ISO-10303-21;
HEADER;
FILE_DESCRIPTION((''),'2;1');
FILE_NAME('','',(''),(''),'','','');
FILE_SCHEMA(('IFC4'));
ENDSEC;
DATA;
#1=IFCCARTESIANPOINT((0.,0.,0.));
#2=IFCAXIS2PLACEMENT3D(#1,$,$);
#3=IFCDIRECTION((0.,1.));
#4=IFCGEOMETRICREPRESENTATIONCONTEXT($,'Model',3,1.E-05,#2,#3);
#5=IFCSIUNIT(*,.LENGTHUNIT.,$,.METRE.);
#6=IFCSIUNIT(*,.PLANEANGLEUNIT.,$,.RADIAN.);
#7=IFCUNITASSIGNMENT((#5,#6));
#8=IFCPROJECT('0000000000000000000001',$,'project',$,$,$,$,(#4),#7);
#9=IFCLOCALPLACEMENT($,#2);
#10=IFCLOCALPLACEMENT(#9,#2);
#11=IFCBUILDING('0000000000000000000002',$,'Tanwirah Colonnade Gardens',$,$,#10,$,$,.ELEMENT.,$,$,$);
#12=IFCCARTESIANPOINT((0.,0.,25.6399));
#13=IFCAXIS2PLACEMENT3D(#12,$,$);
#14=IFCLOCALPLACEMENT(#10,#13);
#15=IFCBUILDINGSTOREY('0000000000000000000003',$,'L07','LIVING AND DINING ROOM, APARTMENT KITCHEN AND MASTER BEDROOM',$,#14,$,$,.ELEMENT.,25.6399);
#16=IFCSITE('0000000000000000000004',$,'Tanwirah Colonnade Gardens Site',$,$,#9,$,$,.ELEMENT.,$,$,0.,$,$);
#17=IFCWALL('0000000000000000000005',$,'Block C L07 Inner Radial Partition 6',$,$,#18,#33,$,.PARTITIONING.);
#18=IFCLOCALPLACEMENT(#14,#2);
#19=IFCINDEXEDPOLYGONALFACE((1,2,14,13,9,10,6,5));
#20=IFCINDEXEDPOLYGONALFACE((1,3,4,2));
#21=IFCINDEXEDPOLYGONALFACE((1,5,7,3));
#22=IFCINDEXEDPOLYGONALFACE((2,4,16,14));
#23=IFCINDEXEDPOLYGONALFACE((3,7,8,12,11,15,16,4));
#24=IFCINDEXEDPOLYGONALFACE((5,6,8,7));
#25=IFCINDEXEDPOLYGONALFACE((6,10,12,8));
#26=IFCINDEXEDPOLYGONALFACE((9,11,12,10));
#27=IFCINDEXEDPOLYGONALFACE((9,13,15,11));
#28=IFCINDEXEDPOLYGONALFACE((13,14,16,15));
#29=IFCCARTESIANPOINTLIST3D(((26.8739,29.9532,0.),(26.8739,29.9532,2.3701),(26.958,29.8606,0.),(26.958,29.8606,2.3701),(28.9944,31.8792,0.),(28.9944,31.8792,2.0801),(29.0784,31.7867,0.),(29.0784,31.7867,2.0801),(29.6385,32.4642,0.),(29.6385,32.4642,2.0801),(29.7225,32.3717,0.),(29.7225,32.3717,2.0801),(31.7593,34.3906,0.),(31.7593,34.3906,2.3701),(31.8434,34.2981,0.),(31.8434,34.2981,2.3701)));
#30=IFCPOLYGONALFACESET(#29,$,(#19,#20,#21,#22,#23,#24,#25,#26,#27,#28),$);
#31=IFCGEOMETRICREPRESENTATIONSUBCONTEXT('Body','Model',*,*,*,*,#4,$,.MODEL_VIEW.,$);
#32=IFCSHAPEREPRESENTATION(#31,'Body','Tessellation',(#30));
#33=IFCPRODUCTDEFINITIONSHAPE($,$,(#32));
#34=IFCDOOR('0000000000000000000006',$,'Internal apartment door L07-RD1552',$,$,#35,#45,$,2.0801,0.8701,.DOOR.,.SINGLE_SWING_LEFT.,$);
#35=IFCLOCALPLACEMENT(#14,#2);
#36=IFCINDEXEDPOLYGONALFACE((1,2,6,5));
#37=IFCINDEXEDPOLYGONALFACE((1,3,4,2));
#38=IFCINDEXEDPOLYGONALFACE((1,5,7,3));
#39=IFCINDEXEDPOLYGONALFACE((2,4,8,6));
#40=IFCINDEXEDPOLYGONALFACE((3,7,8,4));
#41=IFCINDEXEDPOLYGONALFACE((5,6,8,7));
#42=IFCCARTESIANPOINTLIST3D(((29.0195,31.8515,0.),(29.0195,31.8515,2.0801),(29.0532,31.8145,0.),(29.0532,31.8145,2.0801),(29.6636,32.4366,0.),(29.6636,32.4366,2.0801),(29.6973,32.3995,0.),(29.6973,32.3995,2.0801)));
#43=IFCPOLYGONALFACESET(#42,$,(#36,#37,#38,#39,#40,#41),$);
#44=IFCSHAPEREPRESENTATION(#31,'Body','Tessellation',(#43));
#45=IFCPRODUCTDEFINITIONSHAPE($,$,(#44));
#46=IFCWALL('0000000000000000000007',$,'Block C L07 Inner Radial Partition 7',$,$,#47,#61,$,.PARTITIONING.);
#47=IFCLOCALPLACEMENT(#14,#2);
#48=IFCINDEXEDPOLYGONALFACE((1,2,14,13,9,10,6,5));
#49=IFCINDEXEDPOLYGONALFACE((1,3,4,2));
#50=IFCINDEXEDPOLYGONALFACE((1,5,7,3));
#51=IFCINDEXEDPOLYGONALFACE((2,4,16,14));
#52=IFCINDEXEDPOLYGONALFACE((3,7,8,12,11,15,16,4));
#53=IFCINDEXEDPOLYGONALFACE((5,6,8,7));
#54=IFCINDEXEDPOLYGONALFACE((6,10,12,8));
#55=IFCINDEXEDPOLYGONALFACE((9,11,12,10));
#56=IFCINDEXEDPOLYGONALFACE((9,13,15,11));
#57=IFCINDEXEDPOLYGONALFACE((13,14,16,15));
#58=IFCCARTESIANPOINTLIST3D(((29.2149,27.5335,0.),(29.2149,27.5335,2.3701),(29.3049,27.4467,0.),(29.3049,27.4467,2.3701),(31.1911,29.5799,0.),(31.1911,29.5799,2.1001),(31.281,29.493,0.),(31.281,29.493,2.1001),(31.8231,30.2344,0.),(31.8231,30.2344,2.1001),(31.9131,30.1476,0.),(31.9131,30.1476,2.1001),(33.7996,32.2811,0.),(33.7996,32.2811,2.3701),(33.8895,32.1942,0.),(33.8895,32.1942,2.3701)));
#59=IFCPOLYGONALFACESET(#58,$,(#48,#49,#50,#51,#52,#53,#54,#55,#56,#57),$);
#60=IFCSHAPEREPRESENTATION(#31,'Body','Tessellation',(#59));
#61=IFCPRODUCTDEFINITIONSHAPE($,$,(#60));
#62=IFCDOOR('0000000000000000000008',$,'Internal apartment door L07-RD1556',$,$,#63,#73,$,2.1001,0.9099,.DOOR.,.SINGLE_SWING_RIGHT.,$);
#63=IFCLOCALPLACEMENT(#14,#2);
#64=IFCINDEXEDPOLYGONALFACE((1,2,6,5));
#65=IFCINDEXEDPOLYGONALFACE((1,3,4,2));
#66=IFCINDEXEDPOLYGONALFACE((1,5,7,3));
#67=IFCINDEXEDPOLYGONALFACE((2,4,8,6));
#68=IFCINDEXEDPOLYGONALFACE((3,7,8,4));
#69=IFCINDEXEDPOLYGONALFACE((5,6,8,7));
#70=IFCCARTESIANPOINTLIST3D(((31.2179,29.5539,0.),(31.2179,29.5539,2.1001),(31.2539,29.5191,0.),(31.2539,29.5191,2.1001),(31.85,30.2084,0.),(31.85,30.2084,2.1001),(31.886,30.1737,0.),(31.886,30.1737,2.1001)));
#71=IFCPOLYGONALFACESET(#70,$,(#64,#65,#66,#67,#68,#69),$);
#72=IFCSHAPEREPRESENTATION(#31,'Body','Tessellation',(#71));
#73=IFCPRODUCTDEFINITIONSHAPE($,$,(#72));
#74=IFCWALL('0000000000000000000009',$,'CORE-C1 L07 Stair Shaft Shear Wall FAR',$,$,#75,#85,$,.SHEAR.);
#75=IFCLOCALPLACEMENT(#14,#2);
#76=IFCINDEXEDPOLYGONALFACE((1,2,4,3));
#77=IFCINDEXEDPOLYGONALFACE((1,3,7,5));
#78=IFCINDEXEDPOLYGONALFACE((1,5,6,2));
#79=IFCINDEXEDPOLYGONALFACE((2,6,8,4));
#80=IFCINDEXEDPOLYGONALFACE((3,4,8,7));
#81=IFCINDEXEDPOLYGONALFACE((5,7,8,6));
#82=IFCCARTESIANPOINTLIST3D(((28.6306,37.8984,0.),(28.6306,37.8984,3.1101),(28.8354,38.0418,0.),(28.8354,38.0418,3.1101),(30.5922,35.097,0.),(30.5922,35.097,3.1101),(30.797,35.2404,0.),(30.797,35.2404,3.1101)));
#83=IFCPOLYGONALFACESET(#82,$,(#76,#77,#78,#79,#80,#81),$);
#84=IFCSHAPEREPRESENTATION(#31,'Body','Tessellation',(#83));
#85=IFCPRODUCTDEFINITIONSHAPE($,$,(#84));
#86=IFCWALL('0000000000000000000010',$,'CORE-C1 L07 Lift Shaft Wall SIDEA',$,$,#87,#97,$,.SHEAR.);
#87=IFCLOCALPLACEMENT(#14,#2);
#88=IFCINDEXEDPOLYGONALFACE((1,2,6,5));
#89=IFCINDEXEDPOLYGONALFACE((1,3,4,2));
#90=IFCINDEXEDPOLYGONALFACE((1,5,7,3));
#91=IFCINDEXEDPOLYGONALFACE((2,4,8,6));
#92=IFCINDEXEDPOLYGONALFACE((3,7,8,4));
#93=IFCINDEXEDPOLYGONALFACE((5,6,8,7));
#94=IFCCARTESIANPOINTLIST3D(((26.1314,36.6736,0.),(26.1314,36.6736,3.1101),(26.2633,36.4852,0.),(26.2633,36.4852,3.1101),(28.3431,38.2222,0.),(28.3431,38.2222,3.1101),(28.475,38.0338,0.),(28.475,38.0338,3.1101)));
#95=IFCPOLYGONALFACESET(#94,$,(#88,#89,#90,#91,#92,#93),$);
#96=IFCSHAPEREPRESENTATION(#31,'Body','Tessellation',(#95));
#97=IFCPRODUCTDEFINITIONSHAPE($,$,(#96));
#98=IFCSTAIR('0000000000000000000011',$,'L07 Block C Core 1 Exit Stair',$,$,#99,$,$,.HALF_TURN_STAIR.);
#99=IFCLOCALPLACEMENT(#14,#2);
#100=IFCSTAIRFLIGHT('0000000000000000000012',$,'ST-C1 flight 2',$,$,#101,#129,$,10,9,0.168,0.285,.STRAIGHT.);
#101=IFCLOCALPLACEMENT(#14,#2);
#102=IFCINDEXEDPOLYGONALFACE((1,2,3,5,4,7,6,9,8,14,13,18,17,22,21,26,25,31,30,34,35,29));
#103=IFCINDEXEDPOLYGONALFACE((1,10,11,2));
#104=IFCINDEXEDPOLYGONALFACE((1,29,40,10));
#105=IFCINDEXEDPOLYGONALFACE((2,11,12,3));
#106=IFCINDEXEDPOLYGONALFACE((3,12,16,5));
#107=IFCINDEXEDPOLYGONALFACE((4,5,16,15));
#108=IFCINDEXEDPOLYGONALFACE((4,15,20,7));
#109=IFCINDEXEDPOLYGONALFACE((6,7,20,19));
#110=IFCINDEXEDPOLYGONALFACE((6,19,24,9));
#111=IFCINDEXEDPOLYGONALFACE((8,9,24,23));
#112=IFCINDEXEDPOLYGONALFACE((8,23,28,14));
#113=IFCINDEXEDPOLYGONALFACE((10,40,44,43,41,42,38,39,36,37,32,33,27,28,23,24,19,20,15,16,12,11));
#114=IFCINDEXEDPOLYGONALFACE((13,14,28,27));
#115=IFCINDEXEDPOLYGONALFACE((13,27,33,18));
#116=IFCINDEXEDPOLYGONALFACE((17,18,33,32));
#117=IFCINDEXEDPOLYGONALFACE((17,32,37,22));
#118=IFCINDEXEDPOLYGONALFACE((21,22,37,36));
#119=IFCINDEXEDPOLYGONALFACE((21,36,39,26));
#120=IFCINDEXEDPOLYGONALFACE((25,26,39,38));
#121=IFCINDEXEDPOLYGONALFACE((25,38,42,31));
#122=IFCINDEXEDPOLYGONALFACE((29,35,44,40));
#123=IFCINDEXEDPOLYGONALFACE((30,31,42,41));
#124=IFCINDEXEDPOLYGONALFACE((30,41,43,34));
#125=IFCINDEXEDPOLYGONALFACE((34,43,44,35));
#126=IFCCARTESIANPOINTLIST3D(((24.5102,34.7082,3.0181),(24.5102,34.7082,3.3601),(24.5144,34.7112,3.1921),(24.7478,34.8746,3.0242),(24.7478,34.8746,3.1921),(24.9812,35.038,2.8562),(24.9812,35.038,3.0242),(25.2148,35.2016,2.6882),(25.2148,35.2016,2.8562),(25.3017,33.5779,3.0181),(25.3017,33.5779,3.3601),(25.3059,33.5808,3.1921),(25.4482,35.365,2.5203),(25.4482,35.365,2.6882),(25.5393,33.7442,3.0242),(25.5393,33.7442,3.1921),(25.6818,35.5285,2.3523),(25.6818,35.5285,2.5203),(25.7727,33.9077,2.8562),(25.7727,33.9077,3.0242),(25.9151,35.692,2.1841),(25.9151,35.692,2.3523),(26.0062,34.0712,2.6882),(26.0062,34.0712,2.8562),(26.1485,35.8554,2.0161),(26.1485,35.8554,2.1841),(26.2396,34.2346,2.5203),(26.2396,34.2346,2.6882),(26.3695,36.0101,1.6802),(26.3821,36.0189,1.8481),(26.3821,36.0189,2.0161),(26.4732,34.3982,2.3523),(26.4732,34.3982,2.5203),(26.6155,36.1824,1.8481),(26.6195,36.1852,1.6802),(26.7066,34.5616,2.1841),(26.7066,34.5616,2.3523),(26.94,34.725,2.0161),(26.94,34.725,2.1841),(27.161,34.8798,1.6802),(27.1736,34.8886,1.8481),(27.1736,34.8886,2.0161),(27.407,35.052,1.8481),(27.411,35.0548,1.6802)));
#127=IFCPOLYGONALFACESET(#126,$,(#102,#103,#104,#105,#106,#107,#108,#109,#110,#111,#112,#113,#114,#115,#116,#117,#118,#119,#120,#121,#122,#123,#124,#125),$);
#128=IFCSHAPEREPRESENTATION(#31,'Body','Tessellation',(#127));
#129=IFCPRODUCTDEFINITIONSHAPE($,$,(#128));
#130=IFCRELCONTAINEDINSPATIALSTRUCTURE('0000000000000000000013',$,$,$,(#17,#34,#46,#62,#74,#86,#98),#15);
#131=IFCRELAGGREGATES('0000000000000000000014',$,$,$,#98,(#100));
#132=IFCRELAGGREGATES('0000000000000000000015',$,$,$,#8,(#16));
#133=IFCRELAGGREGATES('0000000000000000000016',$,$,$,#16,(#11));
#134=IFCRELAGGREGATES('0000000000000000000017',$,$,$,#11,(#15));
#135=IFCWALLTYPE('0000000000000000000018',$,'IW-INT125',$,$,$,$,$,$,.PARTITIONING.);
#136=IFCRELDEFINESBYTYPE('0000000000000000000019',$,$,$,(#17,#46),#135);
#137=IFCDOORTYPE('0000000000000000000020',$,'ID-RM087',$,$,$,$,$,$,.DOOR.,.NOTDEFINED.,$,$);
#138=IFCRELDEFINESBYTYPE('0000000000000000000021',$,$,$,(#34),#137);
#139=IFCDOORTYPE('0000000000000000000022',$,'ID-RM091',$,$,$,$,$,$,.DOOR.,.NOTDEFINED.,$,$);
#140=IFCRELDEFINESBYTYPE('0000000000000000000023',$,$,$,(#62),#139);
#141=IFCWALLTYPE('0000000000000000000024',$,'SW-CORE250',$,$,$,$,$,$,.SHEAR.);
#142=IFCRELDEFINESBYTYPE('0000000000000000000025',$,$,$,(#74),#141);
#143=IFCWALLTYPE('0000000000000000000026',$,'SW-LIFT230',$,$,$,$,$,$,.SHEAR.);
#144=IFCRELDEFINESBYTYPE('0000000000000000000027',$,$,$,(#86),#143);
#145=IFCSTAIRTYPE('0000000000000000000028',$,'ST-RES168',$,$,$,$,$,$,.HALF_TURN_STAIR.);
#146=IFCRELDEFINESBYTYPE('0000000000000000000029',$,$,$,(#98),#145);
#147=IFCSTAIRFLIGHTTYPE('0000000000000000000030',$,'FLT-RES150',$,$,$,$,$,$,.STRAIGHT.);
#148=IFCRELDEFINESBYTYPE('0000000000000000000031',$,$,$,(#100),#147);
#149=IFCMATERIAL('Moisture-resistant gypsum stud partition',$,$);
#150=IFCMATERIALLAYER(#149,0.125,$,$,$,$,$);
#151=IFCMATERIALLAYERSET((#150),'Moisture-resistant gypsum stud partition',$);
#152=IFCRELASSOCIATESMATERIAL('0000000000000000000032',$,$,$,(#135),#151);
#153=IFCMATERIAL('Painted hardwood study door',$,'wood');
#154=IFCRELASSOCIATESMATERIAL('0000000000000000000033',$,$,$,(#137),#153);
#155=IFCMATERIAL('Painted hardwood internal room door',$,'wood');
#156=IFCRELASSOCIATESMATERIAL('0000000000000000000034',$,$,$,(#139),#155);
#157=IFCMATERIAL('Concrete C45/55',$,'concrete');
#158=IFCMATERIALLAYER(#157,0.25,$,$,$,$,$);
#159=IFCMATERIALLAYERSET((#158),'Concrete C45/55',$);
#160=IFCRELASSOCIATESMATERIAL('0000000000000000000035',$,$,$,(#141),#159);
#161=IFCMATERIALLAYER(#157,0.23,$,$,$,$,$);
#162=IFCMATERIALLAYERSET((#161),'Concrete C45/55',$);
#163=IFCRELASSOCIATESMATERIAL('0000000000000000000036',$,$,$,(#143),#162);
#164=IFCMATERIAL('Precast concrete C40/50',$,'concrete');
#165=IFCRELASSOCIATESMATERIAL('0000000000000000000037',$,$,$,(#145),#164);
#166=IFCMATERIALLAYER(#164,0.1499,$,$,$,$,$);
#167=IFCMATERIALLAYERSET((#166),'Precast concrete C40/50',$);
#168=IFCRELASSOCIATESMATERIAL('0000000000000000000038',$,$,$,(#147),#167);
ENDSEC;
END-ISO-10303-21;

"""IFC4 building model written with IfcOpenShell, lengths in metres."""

from ifc_helpers import new_model, si_unit, direction, frame, frame_2d, origin, place, context, subcontext, project, spatial, polyline, rectangle, outline, extrude, material, layer, layer_set, type_object, element, fill, aggregate, save


model = new_model("IFC4")

# Units and contexts
model_context = context("Model", 3, precision=1e-05, world=origin(), true_north=direction((0.0, 1.0)))
body_context = subcontext(model_context, "Body", "Model", "MODEL_VIEW")
ifc_project = project(units=[si_unit("LENGTHUNIT", "METRE"), si_unit("PLANEANGLEUNIT", "RADIAN")], contexts=[model_context])

# Site, building, storey
site_placement = place(None, origin())
site = spatial("IfcSite", under=ifc_project, at=site_placement, Name="Tanwirah Colonnade Gardens Site", CompositionType="ELEMENT", RefElevation=0.0)
building_placement = place(site_placement, origin())
building = spatial("IfcBuilding", under=site, at=building_placement, Name="Tanwirah Colonnade Gardens", CompositionType="ELEMENT")
storey_placement = place(building_placement, frame((0.0, 0.0, 25.6399)))
storey = spatial("IfcBuildingStorey", under=building, at=storey_placement, Name="L07", Description="LIVING AND DINING ROOM, APARTMENT KITCHEN AND MASTER BEDROOM", CompositionType="ELEMENT", Elevation=25.6399)

# Shared definitions
ifc_material_1 = material(Name="Precast concrete C40/50", Category="concrete")

# Walls, openings, doors
ifc_material_2 = material(Name="Moisture-resistant gypsum stud partition")
ifc_layer_1 = layer(ifc_material_2, 0.125)
ifc_layer_set_1 = layer_set([ifc_layer_1], Name="Moisture-resistant gypsum stud partition")
wall_type_1 = type_object("IfcWallType", Name="IW-INT125", PredefinedType="PARTITIONING", material=ifc_layer_set_1)
wall_1_placement = place(storey_placement, frame((31.8013, 34.3442, 0.0), z_axis=(0.0, 0.0, 1.0), x_axis=(-0.740231, -0.672352, 0.0)))
wall_1 = element("IfcWall", 1, at=wall_1_placement, inside=storey, type_object=wall_type_1, Name="Block C L07 Inner Radial Partition 6", PredefinedType="PARTITIONING", context=body_context, shape_type="SweptSolid", body=[
    extrude(rectangle(XDim=6.5999, YDim=0.125, at=frame_2d((3.2998, 0.0))), origin(), (0.0, 0.0, 1.0), 2.3701),
])
opening_1_placement = place(wall_1_placement, frame((2.865, 0.0, 0.0)))
opening_1 = element("IfcOpeningElement", 2, at=opening_1_placement, cuts=wall_1, PredefinedType="OPENING", context=body_context, shape_type="SweptSolid", body=[
    extrude(rectangle(XDim=0.8701, YDim=2.0801, at=frame_2d((0.4351, 1.04))), frame((0.0, 0.0725, 0.0), z_axis=(0.0, -1.0, 0.0), x_axis=(1.0, 0.0, 0.0)), (0.0, 0.0, 1.0), 0.145),
])
ifc_material_3 = material(Name="Painted hardwood study door", Category="wood")
door_type_1 = type_object("IfcDoorType", Name="ID-RM087", OperationType="NOTDEFINED", PredefinedType="DOOR", material=ifc_material_3)
door_1_placement = place(opening_1_placement, origin())
door_1 = element("IfcDoor", 3, at=door_1_placement, inside=storey, type_object=door_type_1, Name="Internal apartment door L07-RD1552", OperationType="SINGLE_SWING_LEFT", OverallHeight=2.0801, OverallWidth=0.8701, PredefinedType="DOOR", context=body_context, shape_type="SweptSolid", body=[
    extrude(rectangle(XDim=0.8701, YDim=2.0801, at=frame_2d((0.4351, 1.04))), frame((0.0, 0.0249, 0.0), z_axis=(0.0, -1.0, 0.0), x_axis=(1.0, 0.0, 0.0)), (0.0, 0.0, 1.0), 0.05),
])
fill(opening_1, door_1)
wall_2_placement = place(storey_placement, frame((33.8445, 32.2375, 0.0), z_axis=(0.0, 0.0, 1.0), x_axis=(-0.694663, -0.719336, 0.0)))
wall_2 = element("IfcWall", 4, at=wall_2_placement, inside=storey, type_object=wall_type_1, Name="Block C L07 Inner Radial Partition 7", PredefinedType="PARTITIONING", context=body_context, shape_type="SweptSolid", body=[
    extrude(rectangle(XDim=6.5999, YDim=0.125, at=frame_2d((3.2998, 0.0))), origin(), (0.0, 0.0, 1.0), 2.3701),
])
opening_2_placement = place(wall_2_placement, frame((2.845, 0.0, 0.0)))
opening_2 = element("IfcOpeningElement", 5, at=opening_2_placement, cuts=wall_2, PredefinedType="OPENING", context=body_context, shape_type="SweptSolid", body=[
    extrude(rectangle(XDim=0.9099, YDim=2.1001, at=frame_2d((0.4551, 1.05))), frame((0.0, 0.0725, 0.0), z_axis=(0.0, -1.0, 0.0), x_axis=(1.0, 0.0, 0.0)), (0.0, 0.0, 1.0), 0.145),
])
ifc_material_4 = material(Name="Painted hardwood internal room door", Category="wood")
door_type_2 = type_object("IfcDoorType", Name="ID-RM091", OperationType="NOTDEFINED", PredefinedType="DOOR", material=ifc_material_4)
door_2_placement = place(opening_2_placement, origin())
door_2 = element("IfcDoor", 6, at=door_2_placement, inside=storey, type_object=door_type_2, Name="Internal apartment door L07-RD1556", OperationType="SINGLE_SWING_RIGHT", OverallHeight=2.1001, OverallWidth=0.9099, PredefinedType="DOOR", context=body_context, shape_type="SweptSolid", body=[
    extrude(rectangle(XDim=0.9099, YDim=2.1001, at=frame_2d((0.4551, 1.05))), frame((0.0, 0.0249, 0.0), z_axis=(0.0, -1.0, 0.0), x_axis=(1.0, 0.0, 0.0)), (0.0, 0.0, 1.0), 0.05),
])
fill(opening_2, door_2)

# Walls
ifc_material_5 = material(Name="Concrete C45/55", Category="concrete")
ifc_layer_2 = layer(ifc_material_5, 0.25)
ifc_layer_set_2 = layer_set([ifc_layer_2], Name="Concrete C45/55")
wall_type_2 = type_object("IfcWallType", Name="SW-CORE250", PredefinedType="SHEAR", material=ifc_layer_set_2)
wall_3_placement = place(storey_placement, frame((30.6946, 35.1687, 0.0), z_axis=(0.0, 0.0, 1.0), x_axis=(-0.573582, 0.819148, 0.0)))
element("IfcWall", 7, at=wall_3_placement, inside=storey, type_object=wall_type_2, Name="CORE-C1 L07 Stair Shaft Shear Wall FAR", PredefinedType="SHEAR", context=body_context, shape_type="SweptSolid", body=[
    extrude(rectangle(XDim=3.4199, YDim=0.25, at=frame_2d((1.71, 0.0))), origin(), (0.0, 0.0, 1.0), 3.1101),
])
ifc_layer_3 = layer(ifc_material_5, 0.23)
ifc_layer_set_3 = layer_set([ifc_layer_3], Name="Concrete C45/55")
wall_type_3 = type_object("IfcWallType", Name="SW-LIFT230", PredefinedType="SHEAR", material=ifc_layer_set_3)
wall_4_placement = place(storey_placement, frame((26.1973, 36.5793, 0.0), z_axis=(0.0, 0.0, 1.0), x_axis=(0.81916, 0.573566, 0.0)))
element("IfcWall", 8, at=wall_4_placement, inside=storey, type_object=wall_type_3, Name="CORE-C1 L07 Lift Shaft Wall SIDEA", PredefinedType="SHEAR", context=body_context, shape_type="SweptSolid", body=[
    extrude(rectangle(XDim=2.7, YDim=0.23, at=frame_2d((1.3501, 0.0))), origin(), (0.0, 0.0, 1.0), 3.1101),
])

# Stair, stair flight
stair_type = type_object("IfcStairType", Name="ST-RES168", PredefinedType="HALF_TURN_STAIR", material=ifc_material_1)
stair_placement = place(storey_placement, origin())
stair = element("IfcStair", 9, at=stair_placement, inside=storey, type_object=stair_type, Name="L07 Block C Core 1 Exit Stair", PredefinedType="HALF_TURN_STAIR")
ifc_layer_4 = layer(ifc_material_1, 0.1499)
ifc_layer_set_4 = layer_set([ifc_layer_4], Name="Precast concrete C40/50")
stair_flight_type = type_object("IfcStairFlightType", Name="FLT-RES150", PredefinedType="STRAIGHT", material=ifc_layer_set_4)
stair_flight_placement = place(storey_placement, frame((27.0112, 35.6172, 1.6802), z_axis=(0.0, 0.0, 1.0), x_axis=(-0.819152, -0.573576, 0.0)))
stair_flight = element("IfcStairFlight", 10, at=stair_flight_placement, type_object=stair_flight_type, Name="ST-C1 flight 2", NumberOfRisers=10, NumberOfTreads=9, PredefinedType="STRAIGHT", RiserHeight=0.168, TreadLength=0.285, context=body_context, shape_type="SweptSolid", body=[
    extrude(outline(polyline([(-0.0049, 0.0), (0.0, 0.168), (0.2849, 0.168), (0.2849, 0.3359), (0.5701, 0.3359), (0.5701, 0.5039), (0.855, 0.5039), (0.855, 0.6721), (1.1399, 0.6721), (1.1399, 0.8401), (1.425, 0.8401), (1.425, 1.0081), (1.71, 1.0081), (1.71, 1.176), (1.9951, 1.176), (1.9951, 1.344), (2.28, 1.344), (2.28, 1.512), (2.5649, 1.512), (2.5701, 1.6799), (2.5701, 1.3379), (0.3003, 0.0), (-0.0049, 0.0)])), frame((0.0, 0.6899, 0.0), z_axis=(0.0, -1.0, 0.0), x_axis=(1.0, 0.0, 0.0)), (0.0, 0.0, 1.0), 1.3799),
])
aggregate(stair, [stair_flight])

save(model, "model.ifc")
